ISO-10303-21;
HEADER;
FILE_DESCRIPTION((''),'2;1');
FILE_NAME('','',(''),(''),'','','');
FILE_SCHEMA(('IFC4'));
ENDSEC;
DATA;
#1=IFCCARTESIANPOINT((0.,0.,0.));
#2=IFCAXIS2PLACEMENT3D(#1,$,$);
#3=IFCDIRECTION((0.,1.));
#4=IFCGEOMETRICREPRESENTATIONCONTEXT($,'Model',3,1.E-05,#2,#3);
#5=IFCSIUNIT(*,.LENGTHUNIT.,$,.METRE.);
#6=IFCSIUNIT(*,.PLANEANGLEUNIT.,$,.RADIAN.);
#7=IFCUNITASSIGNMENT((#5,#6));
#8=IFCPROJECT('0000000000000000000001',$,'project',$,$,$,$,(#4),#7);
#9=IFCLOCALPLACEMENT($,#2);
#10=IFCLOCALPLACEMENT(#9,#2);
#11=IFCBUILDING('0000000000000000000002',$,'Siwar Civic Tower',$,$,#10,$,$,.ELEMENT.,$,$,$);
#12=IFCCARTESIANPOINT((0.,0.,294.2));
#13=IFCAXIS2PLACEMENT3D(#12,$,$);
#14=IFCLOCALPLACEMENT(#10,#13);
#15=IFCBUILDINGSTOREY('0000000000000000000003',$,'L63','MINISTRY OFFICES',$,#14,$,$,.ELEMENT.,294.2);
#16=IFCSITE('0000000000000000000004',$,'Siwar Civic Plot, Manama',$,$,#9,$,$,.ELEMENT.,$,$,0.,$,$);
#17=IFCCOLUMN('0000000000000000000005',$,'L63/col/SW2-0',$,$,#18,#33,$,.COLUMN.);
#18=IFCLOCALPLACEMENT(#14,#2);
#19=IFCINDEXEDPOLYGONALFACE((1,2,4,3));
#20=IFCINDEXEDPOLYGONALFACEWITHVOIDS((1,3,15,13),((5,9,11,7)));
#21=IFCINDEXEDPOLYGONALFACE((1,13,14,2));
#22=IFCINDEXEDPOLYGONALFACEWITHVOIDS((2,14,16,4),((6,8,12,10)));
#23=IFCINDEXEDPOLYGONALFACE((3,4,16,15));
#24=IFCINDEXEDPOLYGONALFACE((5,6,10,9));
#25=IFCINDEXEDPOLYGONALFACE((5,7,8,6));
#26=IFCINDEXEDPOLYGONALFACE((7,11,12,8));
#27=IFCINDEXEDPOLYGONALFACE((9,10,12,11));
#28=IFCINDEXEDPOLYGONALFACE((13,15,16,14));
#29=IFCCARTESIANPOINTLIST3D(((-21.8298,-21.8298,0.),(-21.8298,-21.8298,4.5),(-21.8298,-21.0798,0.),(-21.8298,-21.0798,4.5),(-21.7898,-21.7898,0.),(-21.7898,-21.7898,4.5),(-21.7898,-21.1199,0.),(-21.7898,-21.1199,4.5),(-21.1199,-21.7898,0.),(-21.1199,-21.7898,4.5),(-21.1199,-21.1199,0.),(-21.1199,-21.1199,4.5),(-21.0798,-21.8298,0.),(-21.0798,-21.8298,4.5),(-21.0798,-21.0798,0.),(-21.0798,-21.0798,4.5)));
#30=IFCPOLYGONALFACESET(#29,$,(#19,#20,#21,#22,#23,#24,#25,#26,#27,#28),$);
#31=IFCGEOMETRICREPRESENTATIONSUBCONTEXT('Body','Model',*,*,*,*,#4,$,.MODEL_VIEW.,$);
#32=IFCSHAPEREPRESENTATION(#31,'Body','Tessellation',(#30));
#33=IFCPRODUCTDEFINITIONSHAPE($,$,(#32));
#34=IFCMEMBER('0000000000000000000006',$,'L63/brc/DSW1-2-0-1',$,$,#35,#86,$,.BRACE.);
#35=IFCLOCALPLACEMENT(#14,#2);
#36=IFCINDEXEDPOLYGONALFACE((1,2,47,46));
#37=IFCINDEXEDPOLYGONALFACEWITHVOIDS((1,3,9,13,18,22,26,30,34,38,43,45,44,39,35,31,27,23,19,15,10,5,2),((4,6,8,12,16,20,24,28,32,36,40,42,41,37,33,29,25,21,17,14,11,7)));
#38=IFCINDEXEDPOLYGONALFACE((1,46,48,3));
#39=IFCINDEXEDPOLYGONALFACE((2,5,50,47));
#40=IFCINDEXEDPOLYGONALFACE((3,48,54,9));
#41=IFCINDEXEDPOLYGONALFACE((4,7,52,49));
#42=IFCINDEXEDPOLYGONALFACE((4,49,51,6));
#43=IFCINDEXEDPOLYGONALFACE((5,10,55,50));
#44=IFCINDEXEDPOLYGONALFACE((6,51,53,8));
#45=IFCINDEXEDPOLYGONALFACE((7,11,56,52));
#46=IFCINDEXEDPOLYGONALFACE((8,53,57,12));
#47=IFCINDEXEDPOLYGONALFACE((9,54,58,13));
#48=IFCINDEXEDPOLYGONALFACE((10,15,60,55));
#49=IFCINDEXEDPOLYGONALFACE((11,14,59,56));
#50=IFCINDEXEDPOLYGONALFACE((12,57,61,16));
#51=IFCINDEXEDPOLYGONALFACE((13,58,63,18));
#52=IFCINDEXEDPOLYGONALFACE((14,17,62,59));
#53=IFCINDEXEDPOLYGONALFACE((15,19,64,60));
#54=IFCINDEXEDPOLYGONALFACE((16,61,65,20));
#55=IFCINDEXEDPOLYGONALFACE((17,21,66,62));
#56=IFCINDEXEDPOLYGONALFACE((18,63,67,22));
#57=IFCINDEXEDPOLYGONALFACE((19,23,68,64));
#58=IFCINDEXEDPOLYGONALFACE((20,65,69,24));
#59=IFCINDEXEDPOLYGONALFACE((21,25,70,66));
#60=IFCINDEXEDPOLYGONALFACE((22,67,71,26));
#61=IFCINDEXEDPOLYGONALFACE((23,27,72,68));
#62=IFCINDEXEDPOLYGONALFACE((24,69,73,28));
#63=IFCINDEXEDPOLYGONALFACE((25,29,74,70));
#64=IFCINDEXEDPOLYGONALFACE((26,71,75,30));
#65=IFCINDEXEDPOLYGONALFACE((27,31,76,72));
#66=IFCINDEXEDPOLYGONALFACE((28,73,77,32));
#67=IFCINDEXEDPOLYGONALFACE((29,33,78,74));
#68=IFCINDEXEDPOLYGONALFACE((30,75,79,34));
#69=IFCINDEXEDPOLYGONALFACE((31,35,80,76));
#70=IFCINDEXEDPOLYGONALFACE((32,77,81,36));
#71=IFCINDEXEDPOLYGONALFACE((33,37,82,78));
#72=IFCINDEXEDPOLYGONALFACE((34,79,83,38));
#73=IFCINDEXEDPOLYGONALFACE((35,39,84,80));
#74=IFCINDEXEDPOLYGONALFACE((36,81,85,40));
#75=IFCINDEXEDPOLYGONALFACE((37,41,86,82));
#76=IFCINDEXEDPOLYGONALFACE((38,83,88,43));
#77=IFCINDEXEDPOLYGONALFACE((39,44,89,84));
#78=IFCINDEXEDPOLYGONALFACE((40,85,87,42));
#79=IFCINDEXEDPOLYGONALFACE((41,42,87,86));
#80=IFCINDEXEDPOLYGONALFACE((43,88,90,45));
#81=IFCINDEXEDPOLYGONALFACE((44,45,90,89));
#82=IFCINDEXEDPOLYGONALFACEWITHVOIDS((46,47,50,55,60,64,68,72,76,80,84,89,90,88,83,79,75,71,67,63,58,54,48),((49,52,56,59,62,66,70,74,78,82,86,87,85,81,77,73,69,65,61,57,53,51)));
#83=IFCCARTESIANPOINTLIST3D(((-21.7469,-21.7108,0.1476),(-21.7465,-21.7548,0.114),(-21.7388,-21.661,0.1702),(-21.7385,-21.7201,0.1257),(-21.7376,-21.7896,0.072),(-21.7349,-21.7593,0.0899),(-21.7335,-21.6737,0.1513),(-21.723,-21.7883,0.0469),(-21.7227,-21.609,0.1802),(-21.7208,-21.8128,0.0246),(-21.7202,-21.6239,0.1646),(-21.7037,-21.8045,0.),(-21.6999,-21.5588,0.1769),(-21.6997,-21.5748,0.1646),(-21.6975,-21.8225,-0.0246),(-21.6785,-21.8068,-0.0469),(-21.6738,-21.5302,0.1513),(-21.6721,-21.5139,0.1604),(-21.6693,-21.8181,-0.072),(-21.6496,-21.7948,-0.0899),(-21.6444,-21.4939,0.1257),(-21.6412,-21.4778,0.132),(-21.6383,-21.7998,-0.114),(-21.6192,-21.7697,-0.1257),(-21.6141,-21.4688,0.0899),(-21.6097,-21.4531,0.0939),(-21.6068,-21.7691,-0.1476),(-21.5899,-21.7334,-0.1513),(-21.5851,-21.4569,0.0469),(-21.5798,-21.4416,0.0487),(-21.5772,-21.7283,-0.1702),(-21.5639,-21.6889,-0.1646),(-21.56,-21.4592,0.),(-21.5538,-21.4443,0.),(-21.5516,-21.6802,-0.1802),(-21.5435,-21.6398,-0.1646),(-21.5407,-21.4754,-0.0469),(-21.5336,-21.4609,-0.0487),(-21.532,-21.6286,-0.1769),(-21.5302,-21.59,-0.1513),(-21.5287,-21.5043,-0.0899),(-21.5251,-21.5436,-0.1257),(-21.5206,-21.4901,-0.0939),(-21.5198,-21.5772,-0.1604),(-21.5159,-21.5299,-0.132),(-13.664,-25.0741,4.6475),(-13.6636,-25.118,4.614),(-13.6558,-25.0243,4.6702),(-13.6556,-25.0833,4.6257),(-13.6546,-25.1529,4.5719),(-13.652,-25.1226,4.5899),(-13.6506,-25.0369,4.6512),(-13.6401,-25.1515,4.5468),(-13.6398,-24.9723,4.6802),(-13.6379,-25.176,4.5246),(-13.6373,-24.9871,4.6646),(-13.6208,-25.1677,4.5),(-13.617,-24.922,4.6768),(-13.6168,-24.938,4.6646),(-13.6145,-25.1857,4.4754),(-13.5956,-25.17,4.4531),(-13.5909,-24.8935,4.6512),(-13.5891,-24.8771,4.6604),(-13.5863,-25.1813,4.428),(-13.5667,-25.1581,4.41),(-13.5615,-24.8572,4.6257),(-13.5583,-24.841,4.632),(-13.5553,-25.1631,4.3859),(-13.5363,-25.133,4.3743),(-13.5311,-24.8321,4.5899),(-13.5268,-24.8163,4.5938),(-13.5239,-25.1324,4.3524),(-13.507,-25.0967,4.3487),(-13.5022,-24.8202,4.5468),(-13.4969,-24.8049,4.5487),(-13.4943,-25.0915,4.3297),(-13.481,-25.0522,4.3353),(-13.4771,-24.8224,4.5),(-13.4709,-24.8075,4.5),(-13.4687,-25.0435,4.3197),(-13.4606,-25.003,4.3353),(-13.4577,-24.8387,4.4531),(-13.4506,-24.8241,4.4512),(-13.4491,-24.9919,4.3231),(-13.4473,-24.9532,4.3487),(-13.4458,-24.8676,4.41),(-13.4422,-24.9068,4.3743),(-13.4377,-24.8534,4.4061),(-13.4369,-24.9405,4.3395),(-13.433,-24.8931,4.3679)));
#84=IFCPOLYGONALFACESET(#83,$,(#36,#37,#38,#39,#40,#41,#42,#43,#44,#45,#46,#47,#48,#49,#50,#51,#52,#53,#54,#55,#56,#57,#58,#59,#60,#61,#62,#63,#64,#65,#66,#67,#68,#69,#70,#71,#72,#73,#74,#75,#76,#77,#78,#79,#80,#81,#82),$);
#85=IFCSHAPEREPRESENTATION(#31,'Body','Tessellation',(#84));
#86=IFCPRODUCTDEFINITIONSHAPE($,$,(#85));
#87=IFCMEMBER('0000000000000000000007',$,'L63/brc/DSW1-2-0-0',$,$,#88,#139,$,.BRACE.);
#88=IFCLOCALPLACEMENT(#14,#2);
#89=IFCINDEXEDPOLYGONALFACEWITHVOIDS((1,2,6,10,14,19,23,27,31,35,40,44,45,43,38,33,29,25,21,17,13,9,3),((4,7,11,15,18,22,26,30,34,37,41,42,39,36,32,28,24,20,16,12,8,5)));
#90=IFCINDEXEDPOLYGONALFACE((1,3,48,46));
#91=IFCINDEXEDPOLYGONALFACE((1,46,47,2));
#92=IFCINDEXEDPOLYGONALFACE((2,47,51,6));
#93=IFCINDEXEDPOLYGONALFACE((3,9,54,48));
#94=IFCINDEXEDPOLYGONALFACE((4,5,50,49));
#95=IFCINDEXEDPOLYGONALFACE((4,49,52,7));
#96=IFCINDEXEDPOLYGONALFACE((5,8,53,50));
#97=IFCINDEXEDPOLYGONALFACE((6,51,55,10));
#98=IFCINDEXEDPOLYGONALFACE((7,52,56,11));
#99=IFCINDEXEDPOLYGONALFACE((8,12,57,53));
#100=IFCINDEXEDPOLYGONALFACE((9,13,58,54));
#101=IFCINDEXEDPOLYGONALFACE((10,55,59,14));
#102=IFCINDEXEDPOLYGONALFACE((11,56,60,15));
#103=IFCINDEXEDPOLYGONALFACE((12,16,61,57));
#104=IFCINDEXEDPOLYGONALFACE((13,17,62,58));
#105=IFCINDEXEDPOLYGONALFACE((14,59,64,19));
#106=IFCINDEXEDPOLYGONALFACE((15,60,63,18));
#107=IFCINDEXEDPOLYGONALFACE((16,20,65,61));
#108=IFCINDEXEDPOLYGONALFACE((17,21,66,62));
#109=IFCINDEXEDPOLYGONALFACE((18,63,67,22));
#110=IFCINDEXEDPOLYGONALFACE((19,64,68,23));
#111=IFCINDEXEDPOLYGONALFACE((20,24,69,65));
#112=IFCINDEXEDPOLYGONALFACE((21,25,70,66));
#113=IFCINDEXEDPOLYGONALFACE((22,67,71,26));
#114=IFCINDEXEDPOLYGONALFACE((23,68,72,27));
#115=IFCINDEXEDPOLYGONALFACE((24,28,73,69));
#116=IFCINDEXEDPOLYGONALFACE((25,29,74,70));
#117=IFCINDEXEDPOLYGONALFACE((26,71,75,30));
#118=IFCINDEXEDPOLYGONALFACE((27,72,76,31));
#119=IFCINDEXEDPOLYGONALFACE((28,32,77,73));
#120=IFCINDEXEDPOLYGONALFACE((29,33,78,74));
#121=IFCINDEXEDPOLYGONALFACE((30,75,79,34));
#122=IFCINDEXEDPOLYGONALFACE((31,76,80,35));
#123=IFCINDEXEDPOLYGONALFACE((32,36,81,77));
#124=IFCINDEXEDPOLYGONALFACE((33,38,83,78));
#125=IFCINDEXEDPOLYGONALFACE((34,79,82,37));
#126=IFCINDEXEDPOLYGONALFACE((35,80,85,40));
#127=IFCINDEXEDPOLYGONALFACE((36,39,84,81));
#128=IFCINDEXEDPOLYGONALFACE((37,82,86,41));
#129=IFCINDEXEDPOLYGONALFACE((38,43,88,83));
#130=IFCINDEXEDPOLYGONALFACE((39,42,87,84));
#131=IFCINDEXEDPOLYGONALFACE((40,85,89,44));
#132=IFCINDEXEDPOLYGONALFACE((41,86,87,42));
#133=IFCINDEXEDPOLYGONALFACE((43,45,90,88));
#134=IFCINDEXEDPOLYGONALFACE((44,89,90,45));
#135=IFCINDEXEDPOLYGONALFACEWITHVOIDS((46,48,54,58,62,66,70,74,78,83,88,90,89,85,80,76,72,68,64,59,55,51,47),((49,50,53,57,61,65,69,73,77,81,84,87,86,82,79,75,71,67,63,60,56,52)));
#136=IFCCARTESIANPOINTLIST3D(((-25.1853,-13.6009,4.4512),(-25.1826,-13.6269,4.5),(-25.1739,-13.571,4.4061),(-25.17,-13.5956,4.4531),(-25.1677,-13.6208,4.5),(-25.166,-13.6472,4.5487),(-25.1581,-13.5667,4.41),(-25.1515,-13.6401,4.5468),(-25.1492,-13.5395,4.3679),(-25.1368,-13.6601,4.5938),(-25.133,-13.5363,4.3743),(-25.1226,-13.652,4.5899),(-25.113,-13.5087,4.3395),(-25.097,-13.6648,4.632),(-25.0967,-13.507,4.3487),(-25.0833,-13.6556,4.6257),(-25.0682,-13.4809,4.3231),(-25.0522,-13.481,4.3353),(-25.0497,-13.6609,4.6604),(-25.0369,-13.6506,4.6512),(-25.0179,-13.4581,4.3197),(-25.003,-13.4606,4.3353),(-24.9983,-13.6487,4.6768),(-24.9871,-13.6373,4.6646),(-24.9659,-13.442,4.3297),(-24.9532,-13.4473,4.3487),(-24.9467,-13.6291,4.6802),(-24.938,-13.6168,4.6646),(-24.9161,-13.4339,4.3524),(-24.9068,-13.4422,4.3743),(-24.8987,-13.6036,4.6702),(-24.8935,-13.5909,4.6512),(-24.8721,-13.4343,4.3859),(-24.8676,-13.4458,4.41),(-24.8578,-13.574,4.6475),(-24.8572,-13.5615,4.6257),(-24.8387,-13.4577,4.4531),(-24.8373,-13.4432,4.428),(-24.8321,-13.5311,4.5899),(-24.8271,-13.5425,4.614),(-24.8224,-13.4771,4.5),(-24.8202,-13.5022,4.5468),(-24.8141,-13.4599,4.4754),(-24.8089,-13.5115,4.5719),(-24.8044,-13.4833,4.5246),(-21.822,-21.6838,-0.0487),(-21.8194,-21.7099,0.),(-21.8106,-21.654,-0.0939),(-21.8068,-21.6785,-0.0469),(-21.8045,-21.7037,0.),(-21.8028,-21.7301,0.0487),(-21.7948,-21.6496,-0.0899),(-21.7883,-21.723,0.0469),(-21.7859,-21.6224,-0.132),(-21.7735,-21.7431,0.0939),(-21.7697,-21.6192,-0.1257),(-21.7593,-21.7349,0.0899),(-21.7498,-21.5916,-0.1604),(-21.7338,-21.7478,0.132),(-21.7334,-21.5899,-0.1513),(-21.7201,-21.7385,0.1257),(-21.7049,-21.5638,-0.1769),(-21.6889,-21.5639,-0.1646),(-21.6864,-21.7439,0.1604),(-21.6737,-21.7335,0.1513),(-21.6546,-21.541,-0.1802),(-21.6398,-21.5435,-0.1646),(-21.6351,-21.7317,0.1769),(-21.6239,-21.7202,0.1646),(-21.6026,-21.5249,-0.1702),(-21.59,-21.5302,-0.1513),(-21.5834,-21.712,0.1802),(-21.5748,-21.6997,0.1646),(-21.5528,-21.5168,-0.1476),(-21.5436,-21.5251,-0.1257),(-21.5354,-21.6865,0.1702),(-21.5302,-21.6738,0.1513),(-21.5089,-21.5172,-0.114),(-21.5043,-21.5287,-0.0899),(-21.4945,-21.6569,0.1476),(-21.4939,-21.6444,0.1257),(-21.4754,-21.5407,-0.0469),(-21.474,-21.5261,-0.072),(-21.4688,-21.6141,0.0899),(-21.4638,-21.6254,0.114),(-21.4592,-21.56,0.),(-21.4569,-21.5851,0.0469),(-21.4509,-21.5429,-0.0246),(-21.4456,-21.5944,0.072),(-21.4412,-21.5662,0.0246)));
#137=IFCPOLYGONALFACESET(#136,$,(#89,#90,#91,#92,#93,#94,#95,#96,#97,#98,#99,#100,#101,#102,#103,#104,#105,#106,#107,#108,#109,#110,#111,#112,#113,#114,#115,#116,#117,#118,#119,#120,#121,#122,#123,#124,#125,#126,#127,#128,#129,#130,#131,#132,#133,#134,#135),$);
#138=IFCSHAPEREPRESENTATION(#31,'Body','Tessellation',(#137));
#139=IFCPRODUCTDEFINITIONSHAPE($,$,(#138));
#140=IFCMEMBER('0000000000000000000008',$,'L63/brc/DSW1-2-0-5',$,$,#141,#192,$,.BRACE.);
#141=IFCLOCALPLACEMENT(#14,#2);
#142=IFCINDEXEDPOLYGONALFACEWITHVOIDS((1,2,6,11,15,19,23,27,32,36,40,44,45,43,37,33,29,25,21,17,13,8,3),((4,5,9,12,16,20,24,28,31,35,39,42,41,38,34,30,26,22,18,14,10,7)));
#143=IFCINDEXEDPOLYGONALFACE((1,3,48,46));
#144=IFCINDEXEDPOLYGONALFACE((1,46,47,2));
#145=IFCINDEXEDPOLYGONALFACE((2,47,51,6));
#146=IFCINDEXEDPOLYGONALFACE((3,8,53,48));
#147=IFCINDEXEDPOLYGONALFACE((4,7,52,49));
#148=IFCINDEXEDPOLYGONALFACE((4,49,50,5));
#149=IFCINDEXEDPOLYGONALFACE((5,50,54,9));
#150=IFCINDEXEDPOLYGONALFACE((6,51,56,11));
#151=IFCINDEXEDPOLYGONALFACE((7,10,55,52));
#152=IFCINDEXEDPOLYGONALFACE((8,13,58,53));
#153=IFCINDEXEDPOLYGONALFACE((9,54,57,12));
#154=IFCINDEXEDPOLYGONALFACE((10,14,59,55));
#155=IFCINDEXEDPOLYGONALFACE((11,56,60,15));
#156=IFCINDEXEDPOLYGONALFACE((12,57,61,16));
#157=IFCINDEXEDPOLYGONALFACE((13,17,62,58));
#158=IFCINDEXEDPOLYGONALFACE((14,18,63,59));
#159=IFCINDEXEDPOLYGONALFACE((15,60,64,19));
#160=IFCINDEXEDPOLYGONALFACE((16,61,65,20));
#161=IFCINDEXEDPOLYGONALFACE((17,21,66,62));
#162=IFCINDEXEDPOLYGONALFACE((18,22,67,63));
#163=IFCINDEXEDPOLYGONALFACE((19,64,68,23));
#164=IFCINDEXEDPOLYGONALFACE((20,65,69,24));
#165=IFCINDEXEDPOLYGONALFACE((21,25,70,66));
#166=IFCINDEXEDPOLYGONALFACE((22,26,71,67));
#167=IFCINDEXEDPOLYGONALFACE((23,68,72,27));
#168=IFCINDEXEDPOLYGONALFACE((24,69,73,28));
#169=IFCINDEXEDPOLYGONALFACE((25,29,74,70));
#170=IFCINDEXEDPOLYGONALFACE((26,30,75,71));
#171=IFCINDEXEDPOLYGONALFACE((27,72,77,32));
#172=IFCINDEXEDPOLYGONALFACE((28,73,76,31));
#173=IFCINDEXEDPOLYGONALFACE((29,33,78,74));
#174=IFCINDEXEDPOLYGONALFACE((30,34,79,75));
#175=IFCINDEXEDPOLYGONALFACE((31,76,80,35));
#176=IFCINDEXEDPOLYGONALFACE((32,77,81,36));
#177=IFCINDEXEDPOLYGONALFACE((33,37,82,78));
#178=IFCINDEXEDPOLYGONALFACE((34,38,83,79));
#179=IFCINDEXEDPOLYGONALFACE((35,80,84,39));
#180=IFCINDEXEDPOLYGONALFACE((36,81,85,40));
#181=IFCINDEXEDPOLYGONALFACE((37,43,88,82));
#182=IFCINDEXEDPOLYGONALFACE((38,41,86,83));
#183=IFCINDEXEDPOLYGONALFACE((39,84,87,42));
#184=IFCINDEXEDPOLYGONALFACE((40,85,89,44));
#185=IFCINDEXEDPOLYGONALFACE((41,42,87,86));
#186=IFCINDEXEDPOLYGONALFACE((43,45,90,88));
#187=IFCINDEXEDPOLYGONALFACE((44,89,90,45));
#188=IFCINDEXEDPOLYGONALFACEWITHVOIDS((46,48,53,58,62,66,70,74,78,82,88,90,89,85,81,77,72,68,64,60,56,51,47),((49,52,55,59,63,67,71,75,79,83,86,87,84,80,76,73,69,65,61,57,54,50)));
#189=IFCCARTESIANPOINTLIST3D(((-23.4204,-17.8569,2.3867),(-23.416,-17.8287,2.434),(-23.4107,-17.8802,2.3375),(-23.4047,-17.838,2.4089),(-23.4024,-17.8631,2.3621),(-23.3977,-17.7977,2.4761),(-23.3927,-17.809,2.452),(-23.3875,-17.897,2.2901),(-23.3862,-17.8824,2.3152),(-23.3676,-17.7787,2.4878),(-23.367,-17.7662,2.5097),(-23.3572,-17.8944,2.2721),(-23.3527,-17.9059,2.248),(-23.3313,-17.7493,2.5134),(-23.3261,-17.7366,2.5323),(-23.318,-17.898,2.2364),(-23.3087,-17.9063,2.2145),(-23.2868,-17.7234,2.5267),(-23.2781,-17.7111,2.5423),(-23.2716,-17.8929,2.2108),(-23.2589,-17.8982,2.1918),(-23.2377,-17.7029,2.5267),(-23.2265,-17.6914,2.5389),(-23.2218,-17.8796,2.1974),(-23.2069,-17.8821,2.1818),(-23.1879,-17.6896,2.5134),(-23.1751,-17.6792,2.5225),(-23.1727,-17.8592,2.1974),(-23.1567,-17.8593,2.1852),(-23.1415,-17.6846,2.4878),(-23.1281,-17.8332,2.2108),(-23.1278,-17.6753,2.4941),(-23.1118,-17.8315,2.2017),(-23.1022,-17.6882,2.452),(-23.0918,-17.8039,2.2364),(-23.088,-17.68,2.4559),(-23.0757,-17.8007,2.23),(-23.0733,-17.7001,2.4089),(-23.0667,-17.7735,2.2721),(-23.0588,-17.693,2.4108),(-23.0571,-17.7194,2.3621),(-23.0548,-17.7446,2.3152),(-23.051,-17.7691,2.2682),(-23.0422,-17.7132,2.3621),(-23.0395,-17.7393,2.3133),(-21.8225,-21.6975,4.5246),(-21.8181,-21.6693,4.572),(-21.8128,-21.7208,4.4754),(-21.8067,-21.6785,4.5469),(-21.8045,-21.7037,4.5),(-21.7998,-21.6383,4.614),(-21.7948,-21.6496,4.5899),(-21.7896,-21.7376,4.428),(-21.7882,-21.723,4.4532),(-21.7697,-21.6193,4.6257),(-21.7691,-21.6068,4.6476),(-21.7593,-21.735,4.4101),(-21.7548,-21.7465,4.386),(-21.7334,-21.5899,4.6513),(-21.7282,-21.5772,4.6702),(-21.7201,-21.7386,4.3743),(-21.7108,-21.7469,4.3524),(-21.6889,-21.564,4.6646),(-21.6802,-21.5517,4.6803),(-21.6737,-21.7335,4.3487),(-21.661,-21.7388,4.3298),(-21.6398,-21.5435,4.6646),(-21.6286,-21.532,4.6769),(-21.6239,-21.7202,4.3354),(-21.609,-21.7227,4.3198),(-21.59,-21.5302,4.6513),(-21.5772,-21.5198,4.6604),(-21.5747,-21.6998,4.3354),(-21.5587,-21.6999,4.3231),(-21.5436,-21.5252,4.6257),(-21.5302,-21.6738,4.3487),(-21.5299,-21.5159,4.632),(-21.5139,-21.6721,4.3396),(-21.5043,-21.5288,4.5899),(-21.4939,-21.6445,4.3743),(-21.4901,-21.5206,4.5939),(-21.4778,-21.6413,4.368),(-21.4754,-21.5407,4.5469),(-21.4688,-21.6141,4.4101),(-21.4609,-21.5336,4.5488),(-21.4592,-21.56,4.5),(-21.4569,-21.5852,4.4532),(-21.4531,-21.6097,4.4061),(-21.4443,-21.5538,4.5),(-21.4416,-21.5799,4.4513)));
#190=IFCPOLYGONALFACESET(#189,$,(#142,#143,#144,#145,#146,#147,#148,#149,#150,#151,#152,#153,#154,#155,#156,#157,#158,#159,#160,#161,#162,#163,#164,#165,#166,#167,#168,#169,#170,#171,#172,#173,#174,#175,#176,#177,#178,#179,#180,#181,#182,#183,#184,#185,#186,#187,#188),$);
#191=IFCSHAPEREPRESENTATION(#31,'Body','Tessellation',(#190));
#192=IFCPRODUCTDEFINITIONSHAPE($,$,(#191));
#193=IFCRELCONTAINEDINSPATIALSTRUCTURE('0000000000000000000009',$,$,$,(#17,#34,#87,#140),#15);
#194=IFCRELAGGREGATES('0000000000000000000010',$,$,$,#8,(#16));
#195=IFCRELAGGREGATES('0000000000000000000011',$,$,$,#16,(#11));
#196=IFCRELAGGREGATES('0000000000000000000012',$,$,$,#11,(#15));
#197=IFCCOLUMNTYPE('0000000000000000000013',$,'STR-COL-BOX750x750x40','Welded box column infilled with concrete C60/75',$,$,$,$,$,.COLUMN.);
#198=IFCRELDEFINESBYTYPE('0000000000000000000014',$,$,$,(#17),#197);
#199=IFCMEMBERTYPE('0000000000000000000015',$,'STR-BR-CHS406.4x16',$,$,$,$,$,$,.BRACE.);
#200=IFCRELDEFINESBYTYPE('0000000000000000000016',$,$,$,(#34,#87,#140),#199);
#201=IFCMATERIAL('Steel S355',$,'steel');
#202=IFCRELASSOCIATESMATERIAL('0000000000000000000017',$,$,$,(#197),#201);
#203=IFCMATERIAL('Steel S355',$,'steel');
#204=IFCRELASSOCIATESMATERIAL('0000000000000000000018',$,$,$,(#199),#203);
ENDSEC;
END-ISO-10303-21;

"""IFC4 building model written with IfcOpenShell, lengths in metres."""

from ifc_helpers import new_model, si_unit, direction, frame, origin, origin_2d, place, context, subcontext, project, spatial, hollow_rectangle, hollow_circle, extrude, material, material_profile, profile_set, type_object, element, save


model = new_model("IFC4")

# Units and contexts
model_context = context("Model", 3, precision=1e-05, world=origin(), true_north=direction((0.0, 1.0)))
body_context = subcontext(model_context, "Body", "Model", "MODEL_VIEW")
ifc_project = project(units=[si_unit("LENGTHUNIT", "METRE"), si_unit("PLANEANGLEUNIT", "RADIAN")], contexts=[model_context])

# Site, building, storey
site_placement = place(None, origin())
site = spatial("IfcSite", under=ifc_project, at=site_placement, Name="Siwar Civic Plot, Manama", CompositionType="ELEMENT", RefElevation=0.0)
building_placement = place(site_placement, origin())
building = spatial("IfcBuilding", under=site, at=building_placement, Name="Siwar Civic Tower", CompositionType="ELEMENT")
storey_placement = place(building_placement, frame((0.0, 0.0, 294.2)))
storey = spatial("IfcBuildingStorey", under=building, at=storey_placement, Name="L63", Description="MINISTRY OFFICES", CompositionType="ELEMENT", Elevation=294.2)

# Column
ifc_material_1 = material(Name="Steel S355", Category="steel")
ifc_material_profile_1 = material_profile(ifc_material_1, hollow_rectangle(XDim=0.75, YDim=0.75, WallThickness=0.04, at=origin_2d()), Name="BOX750x750x40")
ifc_profile_set_1 = profile_set([ifc_material_profile_1], Name="Steel S355")
column_type = type_object("IfcColumnType", Name="STR-COL-BOX750x750x40", Description="Welded box column infilled with concrete C60/75", PredefinedType="COLUMN", material=ifc_profile_set_1)
column_placement = place(storey_placement, frame((-21.4548, -21.4548, 0.0), z_axis=(0.0, 0.0, 1.0), x_axis=(1.0, 0.0, 0.0)))
element("IfcColumn", 1, at=column_placement, inside=storey, type_object=column_type, Name="L63/col/SW2-0", PredefinedType="COLUMN", context=body_context, shape_type="SweptSolid", body=[
    extrude(hollow_rectangle(XDim=0.75, YDim=0.75, WallThickness=0.04, at=origin_2d()), origin(), (0.0, 0.0, 1.0), 4.5),
])

# Members
ifc_material_2 = material(Name="Steel S355", Category="steel")
ifc_material_profile_2 = material_profile(ifc_material_2, hollow_circle(Radius=0.2031, WallThickness=0.0161, at=origin_2d()), Name="CHS406.4x16")
ifc_profile_set_2 = profile_set([ifc_material_profile_2], Name="Steel S355")
member_type = type_object("IfcMemberType", Name="STR-BR-CHS406.4x16", PredefinedType="BRACE", material=ifc_profile_set_2)
for number, where, z_axis, x_axis, name in (
    (2, (-21.6318, -21.6318, 0.0), (0.821143, -0.341671, 0.457149), (0.384164, 0.923265, 0.0), "L63/brc/DSW1-2-0-1"),
    (3, (-21.6318, -21.6318, 0.0), (-0.341671, 0.821143, 0.457149), (-0.923265, -0.384164, 0.0), "L63/brc/DSW1-2-0-0"),
):
    element("IfcMember", number, at=place(storey_placement, frame(where, z_axis=z_axis, x_axis=x_axis)), inside=storey, type_object=member_type, Name=name, PredefinedType="BRACE", context=body_context, shape_type="SweptSolid", body=[
        extrude(hollow_circle(Radius=0.2031, WallThickness=0.0161, at=origin_2d()), origin(), (0.0, 0.0, 1.0), 9.8435),
    ])
member_placement = place(storey_placement, frame((-23.2297, -17.7913, 2.3621), z_axis=(0.341653, -0.821167, 0.45712), x_axis=(0.923276, 0.384136, 0.0)))
element("IfcMember", 4, at=member_placement, inside=storey, type_object=member_type, Name="L63/brc/DSW1-2-0-5", PredefinedType="BRACE", context=body_context, shape_type="SweptSolid", body=[
    extrude(hollow_circle(Radius=0.2031, WallThickness=0.0161, at=origin_2d()), origin(), (0.0, 0.0, 1.0), 4.677),
])

save(model, "model.ifc")
